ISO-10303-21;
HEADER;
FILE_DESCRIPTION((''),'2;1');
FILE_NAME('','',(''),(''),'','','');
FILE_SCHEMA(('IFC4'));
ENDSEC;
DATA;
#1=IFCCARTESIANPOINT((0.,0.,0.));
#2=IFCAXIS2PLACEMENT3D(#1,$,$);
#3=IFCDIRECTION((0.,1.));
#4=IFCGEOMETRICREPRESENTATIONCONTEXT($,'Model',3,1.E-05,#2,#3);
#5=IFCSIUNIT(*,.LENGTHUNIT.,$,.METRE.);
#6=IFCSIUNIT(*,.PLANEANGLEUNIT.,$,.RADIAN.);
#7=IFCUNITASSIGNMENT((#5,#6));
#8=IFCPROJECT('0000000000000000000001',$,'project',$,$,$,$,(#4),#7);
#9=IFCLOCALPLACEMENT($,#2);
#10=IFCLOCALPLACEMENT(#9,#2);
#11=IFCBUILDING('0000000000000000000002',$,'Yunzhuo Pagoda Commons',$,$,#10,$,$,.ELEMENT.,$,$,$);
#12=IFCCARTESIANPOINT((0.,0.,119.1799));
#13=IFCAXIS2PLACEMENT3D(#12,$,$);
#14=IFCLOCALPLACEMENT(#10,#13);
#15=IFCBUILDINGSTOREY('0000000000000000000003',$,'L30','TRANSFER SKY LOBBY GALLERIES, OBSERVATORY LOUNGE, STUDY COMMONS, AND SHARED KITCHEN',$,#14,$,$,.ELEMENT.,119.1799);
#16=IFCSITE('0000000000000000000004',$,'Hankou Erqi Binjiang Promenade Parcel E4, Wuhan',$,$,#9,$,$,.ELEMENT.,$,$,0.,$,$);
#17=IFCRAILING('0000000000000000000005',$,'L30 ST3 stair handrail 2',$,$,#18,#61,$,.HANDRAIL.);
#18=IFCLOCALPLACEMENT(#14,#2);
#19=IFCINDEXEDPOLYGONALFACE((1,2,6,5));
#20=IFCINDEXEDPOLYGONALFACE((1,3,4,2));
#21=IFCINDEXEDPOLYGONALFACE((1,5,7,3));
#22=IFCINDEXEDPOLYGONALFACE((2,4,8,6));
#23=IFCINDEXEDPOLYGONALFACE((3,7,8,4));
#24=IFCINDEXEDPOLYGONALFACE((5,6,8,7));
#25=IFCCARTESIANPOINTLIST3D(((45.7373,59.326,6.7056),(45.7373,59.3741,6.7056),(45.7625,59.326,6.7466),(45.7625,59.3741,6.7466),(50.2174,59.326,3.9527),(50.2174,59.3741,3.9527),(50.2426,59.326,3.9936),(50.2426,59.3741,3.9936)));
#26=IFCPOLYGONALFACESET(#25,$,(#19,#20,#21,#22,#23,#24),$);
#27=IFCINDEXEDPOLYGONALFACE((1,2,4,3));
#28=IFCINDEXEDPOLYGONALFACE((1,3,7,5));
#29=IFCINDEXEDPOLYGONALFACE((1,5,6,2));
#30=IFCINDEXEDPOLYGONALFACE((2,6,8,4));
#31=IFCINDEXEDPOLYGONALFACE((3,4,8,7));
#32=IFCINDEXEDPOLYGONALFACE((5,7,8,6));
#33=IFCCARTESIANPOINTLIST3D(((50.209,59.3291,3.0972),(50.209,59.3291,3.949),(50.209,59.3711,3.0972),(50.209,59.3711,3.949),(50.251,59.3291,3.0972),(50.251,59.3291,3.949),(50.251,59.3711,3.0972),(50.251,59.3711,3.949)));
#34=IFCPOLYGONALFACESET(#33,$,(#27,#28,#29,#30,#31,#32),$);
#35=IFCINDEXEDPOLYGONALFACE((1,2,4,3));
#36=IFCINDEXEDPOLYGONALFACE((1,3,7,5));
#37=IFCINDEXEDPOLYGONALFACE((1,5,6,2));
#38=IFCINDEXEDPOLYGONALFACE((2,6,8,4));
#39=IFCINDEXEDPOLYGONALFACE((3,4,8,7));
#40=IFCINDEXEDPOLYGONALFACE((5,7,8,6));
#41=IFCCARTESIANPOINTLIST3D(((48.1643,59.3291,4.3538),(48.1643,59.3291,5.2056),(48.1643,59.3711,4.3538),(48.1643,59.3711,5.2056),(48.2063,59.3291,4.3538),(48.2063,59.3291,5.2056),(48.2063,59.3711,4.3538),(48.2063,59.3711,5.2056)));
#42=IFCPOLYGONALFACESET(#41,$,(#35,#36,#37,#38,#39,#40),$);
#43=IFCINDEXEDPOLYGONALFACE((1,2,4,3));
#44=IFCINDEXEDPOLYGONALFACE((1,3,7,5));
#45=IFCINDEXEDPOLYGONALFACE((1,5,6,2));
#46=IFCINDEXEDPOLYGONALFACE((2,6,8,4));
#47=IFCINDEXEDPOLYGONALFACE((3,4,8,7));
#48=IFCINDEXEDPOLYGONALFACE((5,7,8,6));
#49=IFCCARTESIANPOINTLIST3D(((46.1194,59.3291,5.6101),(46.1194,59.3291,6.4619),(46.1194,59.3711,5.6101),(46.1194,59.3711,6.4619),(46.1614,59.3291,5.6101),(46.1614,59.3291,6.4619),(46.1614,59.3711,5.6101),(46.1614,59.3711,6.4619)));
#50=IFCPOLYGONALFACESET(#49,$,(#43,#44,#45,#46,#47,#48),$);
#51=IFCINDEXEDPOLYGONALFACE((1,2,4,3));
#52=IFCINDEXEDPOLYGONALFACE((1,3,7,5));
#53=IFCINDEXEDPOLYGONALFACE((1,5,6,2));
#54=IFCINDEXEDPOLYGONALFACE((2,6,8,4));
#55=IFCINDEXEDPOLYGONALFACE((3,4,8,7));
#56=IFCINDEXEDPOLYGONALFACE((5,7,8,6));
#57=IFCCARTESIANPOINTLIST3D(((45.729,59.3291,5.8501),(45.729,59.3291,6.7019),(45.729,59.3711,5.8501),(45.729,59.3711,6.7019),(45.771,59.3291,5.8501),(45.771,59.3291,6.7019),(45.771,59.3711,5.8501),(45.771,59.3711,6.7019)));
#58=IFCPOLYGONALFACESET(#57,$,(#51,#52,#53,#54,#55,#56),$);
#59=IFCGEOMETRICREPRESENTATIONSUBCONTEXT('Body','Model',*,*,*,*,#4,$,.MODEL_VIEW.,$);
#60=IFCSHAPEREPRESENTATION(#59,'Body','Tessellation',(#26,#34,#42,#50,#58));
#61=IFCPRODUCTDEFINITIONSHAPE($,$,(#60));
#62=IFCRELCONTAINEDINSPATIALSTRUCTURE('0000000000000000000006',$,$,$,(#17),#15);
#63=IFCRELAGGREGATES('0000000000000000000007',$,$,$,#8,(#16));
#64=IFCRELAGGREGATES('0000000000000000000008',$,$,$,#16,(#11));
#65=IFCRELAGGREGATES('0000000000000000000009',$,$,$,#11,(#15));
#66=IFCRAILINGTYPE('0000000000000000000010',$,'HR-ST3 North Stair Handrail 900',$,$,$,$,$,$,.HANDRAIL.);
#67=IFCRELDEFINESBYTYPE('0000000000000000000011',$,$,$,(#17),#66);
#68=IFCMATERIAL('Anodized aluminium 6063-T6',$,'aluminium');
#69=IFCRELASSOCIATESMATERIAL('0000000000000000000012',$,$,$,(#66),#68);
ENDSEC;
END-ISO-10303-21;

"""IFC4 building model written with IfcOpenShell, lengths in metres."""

from ifc_helpers import new_model, si_unit, direction, frame, origin, origin_2d, place, context, subcontext, project, spatial, rectangle, extrude, material, type_object, element, save


model = new_model("IFC4")

# Units and contexts
model_context = context("Model", 3, precision=1e-05, world=origin(), true_north=direction((0.0, 1.0)))
body_context = subcontext(model_context, "Body", "Model", "MODEL_VIEW")
ifc_project = project(units=[si_unit("LENGTHUNIT", "METRE"), si_unit("PLANEANGLEUNIT", "RADIAN")], contexts=[model_context])

# Site, building, storey
site_placement = place(None, origin())
site = spatial("IfcSite", under=ifc_project, at=site_placement, Name="Hankou Erqi Binjiang Promenade Parcel E4, Wuhan", CompositionType="ELEMENT", RefElevation=0.0)
building_placement = place(site_placement, origin())
building = spatial("IfcBuilding", under=site, at=building_placement, Name="Yunzhuo Pagoda Commons", CompositionType="ELEMENT")
storey_placement = place(building_placement, frame((0.0, 0.0, 119.1799)))
storey = spatial("IfcBuildingStorey", under=building, at=storey_placement, Name="L30", Description="TRANSFER SKY LOBBY GALLERIES, OBSERVATORY LOUNGE, STUDY COMMONS, AND SHARED KITCHEN", CompositionType="ELEMENT", Elevation=119.1799)

# Shared definitions
ifc_material_1 = material(Name="Anodized aluminium 6063-T6", Category="aluminium")

# Railing
railing_type_1 = type_object("IfcRailingType", Name="HR-ST3 North Stair Handrail 900", PredefinedType="HANDRAIL", material=ifc_material_1)
railing_1_placement = place(storey_placement, frame((50.23, 59.3501, 3.0972)))
element("IfcRailing", 1, at=railing_1_placement, inside=storey, type_object=railing_type_1, Name="L30 ST3 stair handrail 2", PredefinedType="HANDRAIL", context=body_context, shape_type="SweptSolid", body=[
    extrude(rectangle(XDim=0.0481, YDim=0.0481, at=origin_2d()), frame((0.0, 0.0, 0.876), z_axis=(-0.851996, 0.0, 0.523548), x_axis=(0.0, -1.0, 0.0)), (0.0, 0.0, 1.0), 5.2583),
    extrude(rectangle(XDim=0.042, YDim=0.042, at=origin_2d()), origin(), (0.0, 0.0, 1.0), 0.8518),
    extrude(rectangle(XDim=0.042, YDim=0.042, at=origin_2d()), frame((-2.0447, 0.0, 1.2566)), (0.0, 0.0, 1.0), 0.8518),
    extrude(rectangle(XDim=0.042, YDim=0.042, at=origin_2d()), frame((-4.0896, 0.0, 2.5129)), (0.0, 0.0, 1.0), 0.8518),
    extrude(rectangle(XDim=0.042, YDim=0.042, at=origin_2d()), frame((-4.48, 0.0, 2.7529)), (0.0, 0.0, 1.0), 0.8518),
])

save(model, "model.ifc")
